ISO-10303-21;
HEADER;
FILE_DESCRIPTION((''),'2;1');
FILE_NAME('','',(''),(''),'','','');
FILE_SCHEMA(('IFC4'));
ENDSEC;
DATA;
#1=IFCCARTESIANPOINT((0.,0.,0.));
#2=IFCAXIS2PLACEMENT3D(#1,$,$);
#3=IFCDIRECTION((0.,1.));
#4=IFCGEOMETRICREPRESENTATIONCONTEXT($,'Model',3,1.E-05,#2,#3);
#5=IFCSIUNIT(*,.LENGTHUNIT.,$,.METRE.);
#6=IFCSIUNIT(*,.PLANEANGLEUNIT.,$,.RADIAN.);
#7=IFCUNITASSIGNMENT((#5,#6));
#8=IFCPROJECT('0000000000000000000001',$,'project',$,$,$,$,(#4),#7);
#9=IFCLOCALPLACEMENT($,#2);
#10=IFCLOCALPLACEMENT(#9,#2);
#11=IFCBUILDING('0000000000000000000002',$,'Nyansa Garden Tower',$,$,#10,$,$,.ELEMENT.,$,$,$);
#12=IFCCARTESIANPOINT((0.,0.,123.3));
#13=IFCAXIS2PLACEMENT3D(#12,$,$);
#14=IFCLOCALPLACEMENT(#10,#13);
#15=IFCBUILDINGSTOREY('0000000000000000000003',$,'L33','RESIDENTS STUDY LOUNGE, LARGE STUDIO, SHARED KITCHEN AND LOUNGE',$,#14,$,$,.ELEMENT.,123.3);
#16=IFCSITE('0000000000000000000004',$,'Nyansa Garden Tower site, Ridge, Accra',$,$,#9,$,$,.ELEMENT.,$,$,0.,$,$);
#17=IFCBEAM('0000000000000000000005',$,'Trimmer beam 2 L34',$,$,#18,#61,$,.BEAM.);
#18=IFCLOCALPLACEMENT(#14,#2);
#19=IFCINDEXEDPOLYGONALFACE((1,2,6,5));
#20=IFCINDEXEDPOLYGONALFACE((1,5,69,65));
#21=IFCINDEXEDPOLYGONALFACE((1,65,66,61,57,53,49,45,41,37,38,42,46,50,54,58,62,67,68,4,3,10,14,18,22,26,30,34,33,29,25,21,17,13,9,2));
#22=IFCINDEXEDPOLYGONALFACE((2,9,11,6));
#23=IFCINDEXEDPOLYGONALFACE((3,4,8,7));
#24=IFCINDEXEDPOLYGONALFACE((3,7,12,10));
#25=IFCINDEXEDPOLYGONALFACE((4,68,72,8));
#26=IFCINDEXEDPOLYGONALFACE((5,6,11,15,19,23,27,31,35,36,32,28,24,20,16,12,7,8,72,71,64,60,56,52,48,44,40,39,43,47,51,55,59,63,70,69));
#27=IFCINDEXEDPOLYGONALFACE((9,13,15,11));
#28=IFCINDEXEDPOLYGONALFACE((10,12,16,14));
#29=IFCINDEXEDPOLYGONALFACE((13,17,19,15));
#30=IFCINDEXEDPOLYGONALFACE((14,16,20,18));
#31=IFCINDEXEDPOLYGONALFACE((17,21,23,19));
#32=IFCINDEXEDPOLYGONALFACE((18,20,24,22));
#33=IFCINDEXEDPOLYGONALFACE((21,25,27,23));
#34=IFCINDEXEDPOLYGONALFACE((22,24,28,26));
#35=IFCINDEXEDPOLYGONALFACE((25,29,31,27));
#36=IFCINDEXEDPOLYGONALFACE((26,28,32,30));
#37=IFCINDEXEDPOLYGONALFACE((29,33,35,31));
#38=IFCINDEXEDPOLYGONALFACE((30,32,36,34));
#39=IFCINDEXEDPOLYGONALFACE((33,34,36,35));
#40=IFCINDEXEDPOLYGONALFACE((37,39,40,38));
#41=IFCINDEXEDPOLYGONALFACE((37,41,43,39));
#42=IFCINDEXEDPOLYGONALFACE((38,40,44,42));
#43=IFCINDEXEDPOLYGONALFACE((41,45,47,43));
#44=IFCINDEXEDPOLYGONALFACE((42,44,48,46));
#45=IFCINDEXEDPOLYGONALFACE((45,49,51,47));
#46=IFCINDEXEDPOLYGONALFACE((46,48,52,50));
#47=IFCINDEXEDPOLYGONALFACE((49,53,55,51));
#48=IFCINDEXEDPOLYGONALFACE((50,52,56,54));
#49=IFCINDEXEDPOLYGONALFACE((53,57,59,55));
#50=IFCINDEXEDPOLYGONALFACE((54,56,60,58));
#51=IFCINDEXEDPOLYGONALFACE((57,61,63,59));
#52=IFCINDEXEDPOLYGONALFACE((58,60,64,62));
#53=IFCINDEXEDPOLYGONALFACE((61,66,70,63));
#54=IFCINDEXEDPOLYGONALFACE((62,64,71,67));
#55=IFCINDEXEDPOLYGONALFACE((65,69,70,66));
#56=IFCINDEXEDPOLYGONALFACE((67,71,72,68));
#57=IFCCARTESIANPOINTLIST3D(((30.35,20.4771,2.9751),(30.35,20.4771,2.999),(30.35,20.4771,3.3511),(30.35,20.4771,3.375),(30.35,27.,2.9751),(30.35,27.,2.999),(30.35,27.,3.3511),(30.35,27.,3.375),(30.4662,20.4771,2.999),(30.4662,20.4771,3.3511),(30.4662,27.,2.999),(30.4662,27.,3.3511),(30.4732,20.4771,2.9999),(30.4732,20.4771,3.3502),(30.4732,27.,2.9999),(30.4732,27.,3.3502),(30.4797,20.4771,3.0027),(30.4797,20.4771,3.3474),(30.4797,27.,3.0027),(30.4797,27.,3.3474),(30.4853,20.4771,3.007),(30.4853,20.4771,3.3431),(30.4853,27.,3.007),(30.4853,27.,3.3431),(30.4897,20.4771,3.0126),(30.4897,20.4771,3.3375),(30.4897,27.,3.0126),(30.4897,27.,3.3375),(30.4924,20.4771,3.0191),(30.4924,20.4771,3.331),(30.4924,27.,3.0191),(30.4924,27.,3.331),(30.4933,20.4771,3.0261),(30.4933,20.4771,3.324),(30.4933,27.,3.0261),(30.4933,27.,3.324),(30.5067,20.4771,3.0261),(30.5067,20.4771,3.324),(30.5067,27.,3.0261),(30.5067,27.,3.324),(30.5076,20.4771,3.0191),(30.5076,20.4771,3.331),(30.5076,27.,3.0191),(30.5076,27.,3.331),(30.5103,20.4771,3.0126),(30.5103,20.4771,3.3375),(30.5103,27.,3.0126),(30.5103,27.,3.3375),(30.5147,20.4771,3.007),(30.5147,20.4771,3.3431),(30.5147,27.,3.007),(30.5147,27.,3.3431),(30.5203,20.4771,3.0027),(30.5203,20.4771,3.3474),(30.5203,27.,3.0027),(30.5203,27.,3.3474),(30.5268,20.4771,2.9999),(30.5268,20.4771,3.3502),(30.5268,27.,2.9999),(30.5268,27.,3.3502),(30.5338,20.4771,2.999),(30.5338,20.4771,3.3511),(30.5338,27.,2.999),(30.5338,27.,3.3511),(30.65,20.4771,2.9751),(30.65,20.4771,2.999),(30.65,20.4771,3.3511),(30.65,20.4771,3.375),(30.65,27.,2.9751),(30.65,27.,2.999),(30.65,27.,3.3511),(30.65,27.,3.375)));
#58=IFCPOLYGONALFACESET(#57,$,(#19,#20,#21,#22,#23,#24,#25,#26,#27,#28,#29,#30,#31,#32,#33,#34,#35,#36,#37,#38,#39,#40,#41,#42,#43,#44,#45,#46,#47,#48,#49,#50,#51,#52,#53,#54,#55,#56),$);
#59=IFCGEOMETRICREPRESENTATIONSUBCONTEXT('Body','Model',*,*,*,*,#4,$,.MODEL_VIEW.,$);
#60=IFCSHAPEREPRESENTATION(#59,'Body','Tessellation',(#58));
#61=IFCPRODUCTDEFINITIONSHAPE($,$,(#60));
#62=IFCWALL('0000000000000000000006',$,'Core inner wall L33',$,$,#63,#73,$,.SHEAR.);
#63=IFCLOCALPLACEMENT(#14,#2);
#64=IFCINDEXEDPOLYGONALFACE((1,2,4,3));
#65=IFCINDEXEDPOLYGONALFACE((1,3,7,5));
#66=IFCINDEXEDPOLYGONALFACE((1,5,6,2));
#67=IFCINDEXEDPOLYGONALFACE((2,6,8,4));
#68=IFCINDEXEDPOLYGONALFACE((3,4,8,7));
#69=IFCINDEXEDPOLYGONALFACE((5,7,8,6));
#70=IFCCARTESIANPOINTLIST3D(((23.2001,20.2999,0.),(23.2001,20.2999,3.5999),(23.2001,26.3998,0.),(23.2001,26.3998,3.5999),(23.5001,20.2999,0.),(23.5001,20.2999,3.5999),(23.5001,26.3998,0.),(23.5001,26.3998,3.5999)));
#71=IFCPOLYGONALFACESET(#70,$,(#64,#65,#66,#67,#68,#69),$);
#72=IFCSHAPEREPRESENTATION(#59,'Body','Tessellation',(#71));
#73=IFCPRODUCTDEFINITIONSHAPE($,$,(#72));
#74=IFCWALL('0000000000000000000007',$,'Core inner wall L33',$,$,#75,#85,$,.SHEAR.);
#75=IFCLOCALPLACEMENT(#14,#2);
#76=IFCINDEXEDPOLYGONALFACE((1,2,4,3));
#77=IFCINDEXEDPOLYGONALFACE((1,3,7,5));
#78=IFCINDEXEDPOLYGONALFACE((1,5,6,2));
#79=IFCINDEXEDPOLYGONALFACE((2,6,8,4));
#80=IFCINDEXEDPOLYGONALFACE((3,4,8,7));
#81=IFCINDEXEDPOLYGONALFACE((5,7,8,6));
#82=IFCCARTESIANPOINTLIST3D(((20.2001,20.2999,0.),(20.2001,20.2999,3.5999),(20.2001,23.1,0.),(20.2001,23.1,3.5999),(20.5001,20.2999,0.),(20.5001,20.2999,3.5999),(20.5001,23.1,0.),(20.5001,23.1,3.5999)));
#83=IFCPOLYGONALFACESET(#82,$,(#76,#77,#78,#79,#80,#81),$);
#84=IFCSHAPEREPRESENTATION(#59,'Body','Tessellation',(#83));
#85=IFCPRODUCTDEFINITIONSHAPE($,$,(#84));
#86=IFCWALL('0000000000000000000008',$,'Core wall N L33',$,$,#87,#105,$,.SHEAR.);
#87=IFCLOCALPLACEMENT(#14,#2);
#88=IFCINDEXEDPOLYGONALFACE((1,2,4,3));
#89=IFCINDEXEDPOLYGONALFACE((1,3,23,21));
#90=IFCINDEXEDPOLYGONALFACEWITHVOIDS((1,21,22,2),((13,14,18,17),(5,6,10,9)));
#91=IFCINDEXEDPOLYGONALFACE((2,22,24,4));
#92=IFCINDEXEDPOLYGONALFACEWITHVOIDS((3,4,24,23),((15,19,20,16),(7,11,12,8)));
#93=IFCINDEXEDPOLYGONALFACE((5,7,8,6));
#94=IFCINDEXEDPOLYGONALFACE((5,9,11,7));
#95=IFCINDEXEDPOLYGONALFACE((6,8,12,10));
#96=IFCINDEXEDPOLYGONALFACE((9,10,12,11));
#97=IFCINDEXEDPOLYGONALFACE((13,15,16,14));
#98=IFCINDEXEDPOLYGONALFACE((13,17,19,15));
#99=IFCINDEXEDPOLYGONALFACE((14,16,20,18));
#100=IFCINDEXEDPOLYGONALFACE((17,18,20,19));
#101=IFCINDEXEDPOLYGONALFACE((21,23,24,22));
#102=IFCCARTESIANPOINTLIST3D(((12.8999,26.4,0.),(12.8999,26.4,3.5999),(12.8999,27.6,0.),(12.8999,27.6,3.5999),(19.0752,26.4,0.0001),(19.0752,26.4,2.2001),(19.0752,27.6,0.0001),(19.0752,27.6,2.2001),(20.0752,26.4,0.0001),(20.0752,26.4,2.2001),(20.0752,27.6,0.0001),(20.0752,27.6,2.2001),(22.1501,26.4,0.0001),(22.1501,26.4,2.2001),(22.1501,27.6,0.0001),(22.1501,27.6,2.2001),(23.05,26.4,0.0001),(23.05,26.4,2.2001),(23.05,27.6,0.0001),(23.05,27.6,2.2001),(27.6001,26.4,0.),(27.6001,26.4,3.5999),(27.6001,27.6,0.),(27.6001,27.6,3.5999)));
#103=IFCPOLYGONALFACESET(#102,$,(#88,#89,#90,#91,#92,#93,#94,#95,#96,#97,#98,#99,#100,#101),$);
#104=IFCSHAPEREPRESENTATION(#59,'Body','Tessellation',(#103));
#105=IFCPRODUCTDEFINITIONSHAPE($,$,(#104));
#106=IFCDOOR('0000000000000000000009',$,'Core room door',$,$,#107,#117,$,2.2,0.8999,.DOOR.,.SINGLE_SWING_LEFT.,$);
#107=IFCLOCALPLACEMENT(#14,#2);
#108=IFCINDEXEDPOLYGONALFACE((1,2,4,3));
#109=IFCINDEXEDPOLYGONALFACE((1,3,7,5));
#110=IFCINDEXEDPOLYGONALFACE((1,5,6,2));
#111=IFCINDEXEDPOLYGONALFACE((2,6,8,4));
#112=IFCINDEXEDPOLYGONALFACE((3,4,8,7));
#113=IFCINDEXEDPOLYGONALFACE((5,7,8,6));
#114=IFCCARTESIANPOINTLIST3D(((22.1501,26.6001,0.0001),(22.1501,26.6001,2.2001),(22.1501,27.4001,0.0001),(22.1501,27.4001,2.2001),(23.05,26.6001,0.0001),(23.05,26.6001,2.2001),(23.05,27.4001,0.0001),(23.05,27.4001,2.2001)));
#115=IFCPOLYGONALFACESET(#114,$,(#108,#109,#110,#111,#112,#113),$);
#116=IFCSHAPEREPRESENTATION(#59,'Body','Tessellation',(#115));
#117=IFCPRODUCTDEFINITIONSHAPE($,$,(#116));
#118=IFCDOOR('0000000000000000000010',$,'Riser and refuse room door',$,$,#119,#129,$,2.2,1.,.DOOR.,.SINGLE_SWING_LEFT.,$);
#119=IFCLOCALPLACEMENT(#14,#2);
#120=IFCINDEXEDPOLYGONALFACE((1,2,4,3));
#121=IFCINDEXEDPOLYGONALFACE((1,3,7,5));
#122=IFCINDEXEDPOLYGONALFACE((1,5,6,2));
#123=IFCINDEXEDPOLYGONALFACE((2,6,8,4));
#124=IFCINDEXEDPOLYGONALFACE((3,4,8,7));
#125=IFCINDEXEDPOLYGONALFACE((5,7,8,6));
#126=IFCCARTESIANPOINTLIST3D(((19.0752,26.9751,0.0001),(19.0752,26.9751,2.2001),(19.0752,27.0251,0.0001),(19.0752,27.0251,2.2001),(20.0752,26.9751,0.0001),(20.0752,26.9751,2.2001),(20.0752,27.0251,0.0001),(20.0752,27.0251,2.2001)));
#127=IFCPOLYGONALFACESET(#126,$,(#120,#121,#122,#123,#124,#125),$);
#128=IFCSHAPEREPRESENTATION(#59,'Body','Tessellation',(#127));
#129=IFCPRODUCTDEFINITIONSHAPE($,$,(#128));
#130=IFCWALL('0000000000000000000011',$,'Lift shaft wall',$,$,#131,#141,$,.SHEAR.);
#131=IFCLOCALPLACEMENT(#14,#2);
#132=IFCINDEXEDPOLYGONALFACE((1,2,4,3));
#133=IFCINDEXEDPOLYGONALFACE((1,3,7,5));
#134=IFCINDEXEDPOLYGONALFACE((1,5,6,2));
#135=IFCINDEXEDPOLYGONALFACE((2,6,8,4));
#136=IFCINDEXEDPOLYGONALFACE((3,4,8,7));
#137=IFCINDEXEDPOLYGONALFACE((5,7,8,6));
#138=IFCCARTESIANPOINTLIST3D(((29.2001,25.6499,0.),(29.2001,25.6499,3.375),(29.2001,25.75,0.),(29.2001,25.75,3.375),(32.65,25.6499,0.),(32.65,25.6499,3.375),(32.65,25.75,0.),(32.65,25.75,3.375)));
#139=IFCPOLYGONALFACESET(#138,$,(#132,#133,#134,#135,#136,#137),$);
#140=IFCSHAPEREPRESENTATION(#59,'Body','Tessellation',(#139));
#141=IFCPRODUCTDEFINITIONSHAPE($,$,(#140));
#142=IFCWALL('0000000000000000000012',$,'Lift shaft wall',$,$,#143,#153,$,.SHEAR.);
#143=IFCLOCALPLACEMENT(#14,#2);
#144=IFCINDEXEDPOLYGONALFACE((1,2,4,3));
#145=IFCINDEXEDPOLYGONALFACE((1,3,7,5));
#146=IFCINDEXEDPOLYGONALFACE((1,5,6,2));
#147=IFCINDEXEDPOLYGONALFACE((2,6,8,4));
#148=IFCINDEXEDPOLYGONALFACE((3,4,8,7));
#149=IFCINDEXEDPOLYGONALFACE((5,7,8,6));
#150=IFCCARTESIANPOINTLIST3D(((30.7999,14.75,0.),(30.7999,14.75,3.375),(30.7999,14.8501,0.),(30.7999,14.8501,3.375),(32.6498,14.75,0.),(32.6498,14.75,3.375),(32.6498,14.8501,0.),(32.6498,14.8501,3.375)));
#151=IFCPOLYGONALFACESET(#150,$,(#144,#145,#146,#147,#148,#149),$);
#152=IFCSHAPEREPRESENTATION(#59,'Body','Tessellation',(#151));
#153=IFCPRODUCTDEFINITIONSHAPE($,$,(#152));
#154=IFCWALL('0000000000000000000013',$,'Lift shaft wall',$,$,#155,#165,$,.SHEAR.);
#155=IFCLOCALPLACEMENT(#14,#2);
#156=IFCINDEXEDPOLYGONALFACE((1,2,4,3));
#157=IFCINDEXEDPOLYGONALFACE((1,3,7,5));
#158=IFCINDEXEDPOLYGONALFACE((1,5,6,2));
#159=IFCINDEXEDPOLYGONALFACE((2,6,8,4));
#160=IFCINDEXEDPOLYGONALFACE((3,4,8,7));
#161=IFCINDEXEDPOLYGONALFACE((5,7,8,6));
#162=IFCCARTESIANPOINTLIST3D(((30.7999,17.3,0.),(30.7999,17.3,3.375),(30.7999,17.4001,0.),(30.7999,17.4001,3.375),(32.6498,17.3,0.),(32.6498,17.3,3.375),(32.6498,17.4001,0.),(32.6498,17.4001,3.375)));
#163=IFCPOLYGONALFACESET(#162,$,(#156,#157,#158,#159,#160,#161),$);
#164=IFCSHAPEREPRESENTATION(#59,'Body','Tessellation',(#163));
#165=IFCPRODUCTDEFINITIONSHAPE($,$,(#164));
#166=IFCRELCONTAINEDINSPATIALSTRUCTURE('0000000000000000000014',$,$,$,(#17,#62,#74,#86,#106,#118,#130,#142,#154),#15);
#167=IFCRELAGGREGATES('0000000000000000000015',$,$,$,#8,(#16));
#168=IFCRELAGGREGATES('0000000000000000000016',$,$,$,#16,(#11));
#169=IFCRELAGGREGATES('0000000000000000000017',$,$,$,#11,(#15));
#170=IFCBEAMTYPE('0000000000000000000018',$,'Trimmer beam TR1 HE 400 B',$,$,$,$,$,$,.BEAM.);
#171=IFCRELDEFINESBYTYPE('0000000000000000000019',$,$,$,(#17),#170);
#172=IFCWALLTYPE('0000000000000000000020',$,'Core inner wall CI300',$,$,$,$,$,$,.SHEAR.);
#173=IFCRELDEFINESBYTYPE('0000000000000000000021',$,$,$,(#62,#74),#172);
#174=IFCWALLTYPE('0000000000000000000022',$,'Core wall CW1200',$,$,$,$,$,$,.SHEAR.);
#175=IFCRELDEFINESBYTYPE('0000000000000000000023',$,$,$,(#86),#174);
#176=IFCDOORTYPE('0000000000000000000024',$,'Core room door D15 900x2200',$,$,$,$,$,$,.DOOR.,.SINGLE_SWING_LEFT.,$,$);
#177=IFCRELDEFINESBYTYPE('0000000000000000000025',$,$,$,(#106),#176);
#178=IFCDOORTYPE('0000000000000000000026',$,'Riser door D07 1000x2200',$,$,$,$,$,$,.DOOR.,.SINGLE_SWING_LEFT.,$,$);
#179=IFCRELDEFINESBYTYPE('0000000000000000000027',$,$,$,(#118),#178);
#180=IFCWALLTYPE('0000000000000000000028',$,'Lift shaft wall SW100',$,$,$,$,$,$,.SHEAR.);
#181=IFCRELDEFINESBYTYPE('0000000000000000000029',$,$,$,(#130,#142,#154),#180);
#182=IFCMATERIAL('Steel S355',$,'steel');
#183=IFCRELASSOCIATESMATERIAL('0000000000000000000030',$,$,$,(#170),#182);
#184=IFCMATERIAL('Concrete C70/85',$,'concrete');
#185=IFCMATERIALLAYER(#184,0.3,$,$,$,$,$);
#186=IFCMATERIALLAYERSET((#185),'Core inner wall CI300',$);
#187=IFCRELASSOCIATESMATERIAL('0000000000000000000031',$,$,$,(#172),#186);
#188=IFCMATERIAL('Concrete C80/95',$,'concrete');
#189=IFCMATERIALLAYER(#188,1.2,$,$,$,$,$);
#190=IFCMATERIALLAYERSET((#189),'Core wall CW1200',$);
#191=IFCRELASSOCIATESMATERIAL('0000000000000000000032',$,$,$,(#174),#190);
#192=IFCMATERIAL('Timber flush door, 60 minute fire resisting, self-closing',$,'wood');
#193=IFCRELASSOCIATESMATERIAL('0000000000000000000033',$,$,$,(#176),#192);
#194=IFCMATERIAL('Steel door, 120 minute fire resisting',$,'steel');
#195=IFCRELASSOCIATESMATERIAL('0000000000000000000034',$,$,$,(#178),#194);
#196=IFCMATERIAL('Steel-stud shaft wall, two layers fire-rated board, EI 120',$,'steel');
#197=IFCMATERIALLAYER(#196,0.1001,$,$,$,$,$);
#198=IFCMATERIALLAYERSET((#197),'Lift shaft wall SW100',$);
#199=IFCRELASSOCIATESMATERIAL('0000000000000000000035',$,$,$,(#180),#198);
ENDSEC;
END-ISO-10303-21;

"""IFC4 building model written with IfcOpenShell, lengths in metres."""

from ifc_helpers import new_model, si_unit, direction, frame, frame_2d, origin, origin_2d, place, context, subcontext, project, spatial, rectangle, i_section, extrude, material, layer, layer_set, material_profile, profile_set, type_object, element, fill, save


model = new_model("IFC4")

# Units and contexts
model_context = context("Model", 3, precision=1e-05, world=origin(), true_north=direction((0.0, 1.0)))
body_context = subcontext(model_context, "Body", "Model", "MODEL_VIEW")
ifc_project = project(units=[si_unit("LENGTHUNIT", "METRE"), si_unit("PLANEANGLEUNIT", "RADIAN")], contexts=[model_context])

# Site, building, storey
site_placement = place(None, origin())
site = spatial("IfcSite", under=ifc_project, at=site_placement, Name="Nyansa Garden Tower site, Ridge, Accra", CompositionType="ELEMENT", RefElevation=0.0)
building_placement = place(site_placement, origin())
building = spatial("IfcBuilding", under=site, at=building_placement, Name="Nyansa Garden Tower", CompositionType="ELEMENT")
storey_placement = place(building_placement, frame((0.0, 0.0, 123.3)))
storey = spatial("IfcBuildingStorey", under=building, at=storey_placement, Name="L33", Description="RESIDENTS STUDY LOUNGE, LARGE STUDIO, SHARED KITCHEN AND LOUNGE", CompositionType="ELEMENT", Elevation=123.3)

# Beam
ifc_material_1 = material(Name="Steel S355", Category="steel")
ifc_material_profile_1 = material_profile(ifc_material_1, i_section(OverallWidth=0.3, OverallDepth=0.3999, WebThickness=0.0134, FlangeThickness=0.0239, FilletRadius=0.0271, at=origin_2d()), Name="HE 400 B")
ifc_profile_set_1 = profile_set([ifc_material_profile_1], Name="Steel S355")
beam_type_1 = type_object("IfcBeamType", Name="Trimmer beam TR1 HE 400 B", PredefinedType="BEAM", material=ifc_profile_set_1)
beam_1_placement = place(storey_placement, frame((30.5, 20.4771, 3.175), z_axis=(0.0, 1.0, 0.0), x_axis=(-1.0, 0.0, 0.0)))
element("IfcBeam", 1, at=beam_1_placement, inside=storey, type_object=beam_type_1, Name="Trimmer beam 2 L34", PredefinedType="BEAM", context=body_context, shape_type="SweptSolid", body=[
    extrude(i_section(OverallWidth=0.3, OverallDepth=0.3999, WebThickness=0.0134, FlangeThickness=0.0239, FilletRadius=0.0271, at=origin_2d()), origin(), (0.0, 0.0, 1.0), 6.5229),
])

# Walls
ifc_material_2 = material(Name="Concrete C70/85", Category="concrete")
ifc_layer_1 = layer(ifc_material_2, 0.3)
ifc_layer_set_1 = layer_set([ifc_layer_1], Name="Core inner wall CI300")
wall_type_1 = type_object("IfcWallType", Name="Core inner wall CI300", PredefinedType="SHEAR", material=ifc_layer_set_1)
wall_1_placement = place(storey_placement, frame((23.3501, 20.3, 0.0), z_axis=(0.0, 0.0, 1.0), x_axis=(0.0, 1.0, 0.0)))
element("IfcWall", 2, at=wall_1_placement, inside=storey, type_object=wall_type_1, Name="Core inner wall L33", PredefinedType="SHEAR", context=body_context, shape_type="SweptSolid", body=[
    extrude(rectangle(XDim=6.0999, YDim=0.3, at=frame_2d((3.0498, 0.0))), origin(), (0.0, 0.0, 1.0), 3.5999),
])
wall_2_placement = place(storey_placement, frame((20.3501, 20.3, 0.0), z_axis=(0.0, 0.0, 1.0), x_axis=(0.0, 1.0, 0.0)))
element("IfcWall", 3, at=wall_2_placement, inside=storey, type_object=wall_type_1, Name="Core inner wall L33", PredefinedType="SHEAR", context=body_context, shape_type="SweptSolid", body=[
    extrude(rectangle(XDim=2.8, YDim=0.3, at=frame_2d((1.3999, 0.0))), origin(), (0.0, 0.0, 1.0), 3.5999),
])

# Wall, openings, doors
ifc_material_3 = material(Name="Concrete C80/95", Category="concrete")
ifc_layer_2 = layer(ifc_material_3, 1.2)
ifc_layer_set_2 = layer_set([ifc_layer_2], Name="Core wall CW1200")
wall_type_2 = type_object("IfcWallType", Name="Core wall CW1200", PredefinedType="SHEAR", material=ifc_layer_set_2)
wall_3_placement = place(storey_placement, frame((27.6001, 27.0, 0.0), z_axis=(0.0, 0.0, 1.0), x_axis=(-1.0, 0.0, 0.0)))
wall_3 = element("IfcWall", 4, at=wall_3_placement, inside=storey, type_object=wall_type_2, Name="Core wall N L33", PredefinedType="SHEAR", context=body_context, shape_type="SweptSolid", body=[
    extrude(rectangle(XDim=14.7002, YDim=1.2, at=frame_2d((7.3501, 0.0))), origin(), (0.0, 0.0, 1.0), 3.5999),
])
opening_1_placement = place(wall_3_placement, frame((4.55, 0.0, 0.0)))
opening_1 = element("IfcOpeningElement", 5, at=opening_1_placement, cuts=wall_3, PredefinedType="OPENING", context=body_context, shape_type="SweptSolid", body=[
    extrude(rectangle(XDim=0.8999, YDim=2.2, at=frame_2d((0.45, 1.1001))), frame((0.0, 0.6099, 0.0), z_axis=(0.0, -1.0, 0.0), x_axis=(1.0, 0.0, 0.0)), (0.0, 0.0, 1.0), 1.22),
])
opening_2_placement = place(wall_3_placement, frame((7.5249, 0.0, 0.0)))
opening_2 = element("IfcOpeningElement", 6, at=opening_2_placement, cuts=wall_3, PredefinedType="OPENING", context=body_context, shape_type="SweptSolid", body=[
    extrude(rectangle(XDim=1.0, YDim=2.2, at=frame_2d((0.5, 1.1001))), frame((0.0, 0.6099, 0.0), z_axis=(0.0, -1.0, 0.0), x_axis=(1.0, 0.0, 0.0)), (0.0, 0.0, 1.0), 1.22),
])
ifc_material_4 = material(Name="Timber flush door, 60 minute fire resisting, self-closing", Category="wood")
door_type_1 = type_object("IfcDoorType", Name="Core room door D15 900x2200", OperationType="SINGLE_SWING_LEFT", PredefinedType="DOOR", material=ifc_material_4)
door_1_placement = place(opening_1_placement, origin())
door_1 = element("IfcDoor", 7, at=door_1_placement, inside=storey, type_object=door_type_1, Name="Core room door", OperationType="SINGLE_SWING_LEFT", OverallHeight=2.2, OverallWidth=0.8999, PredefinedType="DOOR", context=body_context, shape_type="SweptSolid", body=[
    extrude(rectangle(XDim=0.8999, YDim=2.2, at=frame_2d((0.45, 1.1001))), frame((0.0, 0.3999, 0.0), z_axis=(0.0, -1.0, 0.0), x_axis=(1.0, 0.0, 0.0)), (0.0, 0.0, 1.0), 0.8),
])
fill(opening_1, door_1)
ifc_material_5 = material(Name="Steel door, 120 minute fire resisting", Category="steel")
door_type_2 = type_object("IfcDoorType", Name="Riser door D07 1000x2200", OperationType="SINGLE_SWING_LEFT", PredefinedType="DOOR", material=ifc_material_5)
door_2_placement = place(opening_2_placement, origin())
door_2 = element("IfcDoor", 8, at=door_2_placement, inside=storey, type_object=door_type_2, Name="Riser and refuse room door", OperationType="SINGLE_SWING_LEFT", OverallHeight=2.2, OverallWidth=1.0, PredefinedType="DOOR", context=body_context, shape_type="SweptSolid", body=[
    extrude(rectangle(XDim=1.0, YDim=2.2, at=frame_2d((0.5, 1.1001))), frame((0.0, 0.0249, 0.0), z_axis=(0.0, -1.0, 0.0), x_axis=(1.0, 0.0, 0.0)), (0.0, 0.0, 1.0), 0.05),
])
fill(opening_2, door_2)

# Walls
ifc_material_6 = material(Name="Steel-stud shaft wall, two layers fire-rated board, EI 120", Category="steel")
ifc_layer_3 = layer(ifc_material_6, 0.1001)
ifc_layer_set_3 = layer_set([ifc_layer_3], Name="Lift shaft wall SW100")
wall_type_3 = type_object("IfcWallType", Name="Lift shaft wall SW100", PredefinedType="SHEAR", material=ifc_layer_set_3)
wall_4_placement = place(storey_placement, frame((29.2, 25.7, 0.0), z_axis=(0.0, 0.0, 1.0), x_axis=(1.0, 0.0, 0.0)))
element("IfcWall", 9, at=wall_4_placement, inside=storey, type_object=wall_type_3, Name="Lift shaft wall", PredefinedType="SHEAR", context=body_context, shape_type="SweptSolid", body=[
    extrude(rectangle(XDim=3.45, YDim=0.1001, at=frame_2d((1.7251, 0.0))), origin(), (0.0, 0.0, 1.0), 3.375),
])
for number, where, z_axis, x_axis, name in (
    (10, (30.8, 14.8, 0.0), (0.0, 0.0, 1.0), (1.0, 0.0, 0.0), "Lift shaft wall"),
    (11, (30.8, 17.3501, 0.0), (0.0, 0.0, 1.0), (1.0, 0.0, 0.0), "Lift shaft wall"),
):
    element("IfcWall", number, at=place(storey_placement, frame(where, z_axis=z_axis, x_axis=x_axis)), inside=storey, type_object=wall_type_3, Name=name, PredefinedType="SHEAR", context=body_context, shape_type="SweptSolid", body=[
        extrude(rectangle(XDim=1.8499, YDim=0.1001, at=frame_2d((0.9248, 0.0))), origin(), (0.0, 0.0, 1.0), 3.375),
    ])

save(model, "model.ifc")
